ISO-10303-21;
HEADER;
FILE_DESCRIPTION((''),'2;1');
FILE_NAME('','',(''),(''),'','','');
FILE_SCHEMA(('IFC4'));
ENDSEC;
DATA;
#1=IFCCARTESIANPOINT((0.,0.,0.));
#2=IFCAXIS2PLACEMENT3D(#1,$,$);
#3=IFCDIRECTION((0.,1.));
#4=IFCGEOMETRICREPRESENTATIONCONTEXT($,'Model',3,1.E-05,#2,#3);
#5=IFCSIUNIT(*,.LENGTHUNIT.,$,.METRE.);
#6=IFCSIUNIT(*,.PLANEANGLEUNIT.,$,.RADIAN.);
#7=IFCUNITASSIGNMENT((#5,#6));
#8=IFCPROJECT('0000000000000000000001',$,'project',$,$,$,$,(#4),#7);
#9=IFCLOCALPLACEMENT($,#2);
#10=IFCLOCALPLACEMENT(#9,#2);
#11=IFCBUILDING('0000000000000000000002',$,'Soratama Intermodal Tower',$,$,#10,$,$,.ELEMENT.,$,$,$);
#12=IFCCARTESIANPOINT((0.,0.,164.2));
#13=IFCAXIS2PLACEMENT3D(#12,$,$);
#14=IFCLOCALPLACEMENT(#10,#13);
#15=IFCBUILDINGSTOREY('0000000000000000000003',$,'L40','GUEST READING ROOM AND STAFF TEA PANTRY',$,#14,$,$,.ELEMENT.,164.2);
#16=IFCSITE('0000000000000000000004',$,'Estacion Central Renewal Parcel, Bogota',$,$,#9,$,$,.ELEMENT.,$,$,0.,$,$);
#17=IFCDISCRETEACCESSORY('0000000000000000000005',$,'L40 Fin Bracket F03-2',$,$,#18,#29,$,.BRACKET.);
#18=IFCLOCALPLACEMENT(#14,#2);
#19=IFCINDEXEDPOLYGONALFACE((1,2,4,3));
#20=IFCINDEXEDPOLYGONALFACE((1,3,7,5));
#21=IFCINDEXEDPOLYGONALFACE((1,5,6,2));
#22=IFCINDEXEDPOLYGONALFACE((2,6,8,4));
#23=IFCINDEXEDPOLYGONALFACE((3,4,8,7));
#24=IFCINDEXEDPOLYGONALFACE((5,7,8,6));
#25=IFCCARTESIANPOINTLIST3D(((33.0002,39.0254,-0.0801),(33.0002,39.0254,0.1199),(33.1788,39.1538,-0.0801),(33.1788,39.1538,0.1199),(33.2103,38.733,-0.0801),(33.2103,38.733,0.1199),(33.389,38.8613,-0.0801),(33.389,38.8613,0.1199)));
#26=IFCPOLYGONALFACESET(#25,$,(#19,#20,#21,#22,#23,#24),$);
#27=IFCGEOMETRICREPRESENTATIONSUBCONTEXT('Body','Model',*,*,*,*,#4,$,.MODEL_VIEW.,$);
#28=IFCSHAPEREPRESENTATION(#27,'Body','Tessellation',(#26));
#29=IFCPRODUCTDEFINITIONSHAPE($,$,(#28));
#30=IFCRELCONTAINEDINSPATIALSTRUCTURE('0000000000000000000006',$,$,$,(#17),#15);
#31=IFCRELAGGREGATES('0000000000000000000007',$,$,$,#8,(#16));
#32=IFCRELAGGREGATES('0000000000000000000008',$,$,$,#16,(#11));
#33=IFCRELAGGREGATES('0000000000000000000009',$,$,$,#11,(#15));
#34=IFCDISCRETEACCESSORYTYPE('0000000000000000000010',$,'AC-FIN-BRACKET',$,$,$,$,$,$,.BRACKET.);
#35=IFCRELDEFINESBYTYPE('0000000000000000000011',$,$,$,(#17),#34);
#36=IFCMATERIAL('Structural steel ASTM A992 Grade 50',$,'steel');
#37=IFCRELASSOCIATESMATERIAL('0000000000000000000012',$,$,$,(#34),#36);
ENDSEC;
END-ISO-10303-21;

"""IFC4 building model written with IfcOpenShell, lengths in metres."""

from ifc_helpers import new_model, si_unit, direction, frame, origin, origin_2d, place, context, subcontext, project, spatial, rectangle, extrude, material, type_object, element, save


model = new_model("IFC4")

# Units and contexts
model_context = context("Model", 3, precision=1e-05, world=origin(), true_north=direction((0.0, 1.0)))
body_context = subcontext(model_context, "Body", "Model", "MODEL_VIEW")
ifc_project = project(units=[si_unit("LENGTHUNIT", "METRE"), si_unit("PLANEANGLEUNIT", "RADIAN")], contexts=[model_context])

# Site, building, storey
site_placement = place(None, origin())
site = spatial("IfcSite", under=ifc_project, at=site_placement, Name="Estacion Central Renewal Parcel, Bogota", CompositionType="ELEMENT", RefElevation=0.0)
building_placement = place(site_placement, origin())
building = spatial("IfcBuilding", under=site, at=building_placement, Name="Soratama Intermodal Tower", CompositionType="ELEMENT")
storey_placement = place(building_placement, frame((0.0, 0.0, 164.2)))
storey = spatial("IfcBuildingStorey", under=building, at=storey_placement, Name="L40", Description="GUEST READING ROOM AND STAFF TEA PANTRY", CompositionType="ELEMENT", Elevation=164.2)

# Discrete accessory
ifc_material_1 = material(Name="Structural steel ASTM A992 Grade 50", Category="steel")
discrete_accessory_type = type_object("IfcDiscreteAccessoryType", Name="AC-FIN-BRACKET", PredefinedType="BRACKET", material=ifc_material_1)
discrete_accessory_placement = place(storey_placement, frame((33.1946, 38.9434, -0.0801), z_axis=(0.0, 0.0, 1.0), x_axis=(-0.583541, 0.812084, 0.0)))
element("IfcDiscreteAccessory", 1, at=discrete_accessory_placement, inside=storey, type_object=discrete_accessory_type, Name="L40 Fin Bracket F03-2", PredefinedType="BRACKET", context=body_context, shape_type="SweptSolid", body=[
    extrude(rectangle(XDim=0.3601, YDim=0.22, at=origin_2d()), origin(), (0.0, 0.0, 1.0), 0.2),
])

save(model, "model.ifc")
